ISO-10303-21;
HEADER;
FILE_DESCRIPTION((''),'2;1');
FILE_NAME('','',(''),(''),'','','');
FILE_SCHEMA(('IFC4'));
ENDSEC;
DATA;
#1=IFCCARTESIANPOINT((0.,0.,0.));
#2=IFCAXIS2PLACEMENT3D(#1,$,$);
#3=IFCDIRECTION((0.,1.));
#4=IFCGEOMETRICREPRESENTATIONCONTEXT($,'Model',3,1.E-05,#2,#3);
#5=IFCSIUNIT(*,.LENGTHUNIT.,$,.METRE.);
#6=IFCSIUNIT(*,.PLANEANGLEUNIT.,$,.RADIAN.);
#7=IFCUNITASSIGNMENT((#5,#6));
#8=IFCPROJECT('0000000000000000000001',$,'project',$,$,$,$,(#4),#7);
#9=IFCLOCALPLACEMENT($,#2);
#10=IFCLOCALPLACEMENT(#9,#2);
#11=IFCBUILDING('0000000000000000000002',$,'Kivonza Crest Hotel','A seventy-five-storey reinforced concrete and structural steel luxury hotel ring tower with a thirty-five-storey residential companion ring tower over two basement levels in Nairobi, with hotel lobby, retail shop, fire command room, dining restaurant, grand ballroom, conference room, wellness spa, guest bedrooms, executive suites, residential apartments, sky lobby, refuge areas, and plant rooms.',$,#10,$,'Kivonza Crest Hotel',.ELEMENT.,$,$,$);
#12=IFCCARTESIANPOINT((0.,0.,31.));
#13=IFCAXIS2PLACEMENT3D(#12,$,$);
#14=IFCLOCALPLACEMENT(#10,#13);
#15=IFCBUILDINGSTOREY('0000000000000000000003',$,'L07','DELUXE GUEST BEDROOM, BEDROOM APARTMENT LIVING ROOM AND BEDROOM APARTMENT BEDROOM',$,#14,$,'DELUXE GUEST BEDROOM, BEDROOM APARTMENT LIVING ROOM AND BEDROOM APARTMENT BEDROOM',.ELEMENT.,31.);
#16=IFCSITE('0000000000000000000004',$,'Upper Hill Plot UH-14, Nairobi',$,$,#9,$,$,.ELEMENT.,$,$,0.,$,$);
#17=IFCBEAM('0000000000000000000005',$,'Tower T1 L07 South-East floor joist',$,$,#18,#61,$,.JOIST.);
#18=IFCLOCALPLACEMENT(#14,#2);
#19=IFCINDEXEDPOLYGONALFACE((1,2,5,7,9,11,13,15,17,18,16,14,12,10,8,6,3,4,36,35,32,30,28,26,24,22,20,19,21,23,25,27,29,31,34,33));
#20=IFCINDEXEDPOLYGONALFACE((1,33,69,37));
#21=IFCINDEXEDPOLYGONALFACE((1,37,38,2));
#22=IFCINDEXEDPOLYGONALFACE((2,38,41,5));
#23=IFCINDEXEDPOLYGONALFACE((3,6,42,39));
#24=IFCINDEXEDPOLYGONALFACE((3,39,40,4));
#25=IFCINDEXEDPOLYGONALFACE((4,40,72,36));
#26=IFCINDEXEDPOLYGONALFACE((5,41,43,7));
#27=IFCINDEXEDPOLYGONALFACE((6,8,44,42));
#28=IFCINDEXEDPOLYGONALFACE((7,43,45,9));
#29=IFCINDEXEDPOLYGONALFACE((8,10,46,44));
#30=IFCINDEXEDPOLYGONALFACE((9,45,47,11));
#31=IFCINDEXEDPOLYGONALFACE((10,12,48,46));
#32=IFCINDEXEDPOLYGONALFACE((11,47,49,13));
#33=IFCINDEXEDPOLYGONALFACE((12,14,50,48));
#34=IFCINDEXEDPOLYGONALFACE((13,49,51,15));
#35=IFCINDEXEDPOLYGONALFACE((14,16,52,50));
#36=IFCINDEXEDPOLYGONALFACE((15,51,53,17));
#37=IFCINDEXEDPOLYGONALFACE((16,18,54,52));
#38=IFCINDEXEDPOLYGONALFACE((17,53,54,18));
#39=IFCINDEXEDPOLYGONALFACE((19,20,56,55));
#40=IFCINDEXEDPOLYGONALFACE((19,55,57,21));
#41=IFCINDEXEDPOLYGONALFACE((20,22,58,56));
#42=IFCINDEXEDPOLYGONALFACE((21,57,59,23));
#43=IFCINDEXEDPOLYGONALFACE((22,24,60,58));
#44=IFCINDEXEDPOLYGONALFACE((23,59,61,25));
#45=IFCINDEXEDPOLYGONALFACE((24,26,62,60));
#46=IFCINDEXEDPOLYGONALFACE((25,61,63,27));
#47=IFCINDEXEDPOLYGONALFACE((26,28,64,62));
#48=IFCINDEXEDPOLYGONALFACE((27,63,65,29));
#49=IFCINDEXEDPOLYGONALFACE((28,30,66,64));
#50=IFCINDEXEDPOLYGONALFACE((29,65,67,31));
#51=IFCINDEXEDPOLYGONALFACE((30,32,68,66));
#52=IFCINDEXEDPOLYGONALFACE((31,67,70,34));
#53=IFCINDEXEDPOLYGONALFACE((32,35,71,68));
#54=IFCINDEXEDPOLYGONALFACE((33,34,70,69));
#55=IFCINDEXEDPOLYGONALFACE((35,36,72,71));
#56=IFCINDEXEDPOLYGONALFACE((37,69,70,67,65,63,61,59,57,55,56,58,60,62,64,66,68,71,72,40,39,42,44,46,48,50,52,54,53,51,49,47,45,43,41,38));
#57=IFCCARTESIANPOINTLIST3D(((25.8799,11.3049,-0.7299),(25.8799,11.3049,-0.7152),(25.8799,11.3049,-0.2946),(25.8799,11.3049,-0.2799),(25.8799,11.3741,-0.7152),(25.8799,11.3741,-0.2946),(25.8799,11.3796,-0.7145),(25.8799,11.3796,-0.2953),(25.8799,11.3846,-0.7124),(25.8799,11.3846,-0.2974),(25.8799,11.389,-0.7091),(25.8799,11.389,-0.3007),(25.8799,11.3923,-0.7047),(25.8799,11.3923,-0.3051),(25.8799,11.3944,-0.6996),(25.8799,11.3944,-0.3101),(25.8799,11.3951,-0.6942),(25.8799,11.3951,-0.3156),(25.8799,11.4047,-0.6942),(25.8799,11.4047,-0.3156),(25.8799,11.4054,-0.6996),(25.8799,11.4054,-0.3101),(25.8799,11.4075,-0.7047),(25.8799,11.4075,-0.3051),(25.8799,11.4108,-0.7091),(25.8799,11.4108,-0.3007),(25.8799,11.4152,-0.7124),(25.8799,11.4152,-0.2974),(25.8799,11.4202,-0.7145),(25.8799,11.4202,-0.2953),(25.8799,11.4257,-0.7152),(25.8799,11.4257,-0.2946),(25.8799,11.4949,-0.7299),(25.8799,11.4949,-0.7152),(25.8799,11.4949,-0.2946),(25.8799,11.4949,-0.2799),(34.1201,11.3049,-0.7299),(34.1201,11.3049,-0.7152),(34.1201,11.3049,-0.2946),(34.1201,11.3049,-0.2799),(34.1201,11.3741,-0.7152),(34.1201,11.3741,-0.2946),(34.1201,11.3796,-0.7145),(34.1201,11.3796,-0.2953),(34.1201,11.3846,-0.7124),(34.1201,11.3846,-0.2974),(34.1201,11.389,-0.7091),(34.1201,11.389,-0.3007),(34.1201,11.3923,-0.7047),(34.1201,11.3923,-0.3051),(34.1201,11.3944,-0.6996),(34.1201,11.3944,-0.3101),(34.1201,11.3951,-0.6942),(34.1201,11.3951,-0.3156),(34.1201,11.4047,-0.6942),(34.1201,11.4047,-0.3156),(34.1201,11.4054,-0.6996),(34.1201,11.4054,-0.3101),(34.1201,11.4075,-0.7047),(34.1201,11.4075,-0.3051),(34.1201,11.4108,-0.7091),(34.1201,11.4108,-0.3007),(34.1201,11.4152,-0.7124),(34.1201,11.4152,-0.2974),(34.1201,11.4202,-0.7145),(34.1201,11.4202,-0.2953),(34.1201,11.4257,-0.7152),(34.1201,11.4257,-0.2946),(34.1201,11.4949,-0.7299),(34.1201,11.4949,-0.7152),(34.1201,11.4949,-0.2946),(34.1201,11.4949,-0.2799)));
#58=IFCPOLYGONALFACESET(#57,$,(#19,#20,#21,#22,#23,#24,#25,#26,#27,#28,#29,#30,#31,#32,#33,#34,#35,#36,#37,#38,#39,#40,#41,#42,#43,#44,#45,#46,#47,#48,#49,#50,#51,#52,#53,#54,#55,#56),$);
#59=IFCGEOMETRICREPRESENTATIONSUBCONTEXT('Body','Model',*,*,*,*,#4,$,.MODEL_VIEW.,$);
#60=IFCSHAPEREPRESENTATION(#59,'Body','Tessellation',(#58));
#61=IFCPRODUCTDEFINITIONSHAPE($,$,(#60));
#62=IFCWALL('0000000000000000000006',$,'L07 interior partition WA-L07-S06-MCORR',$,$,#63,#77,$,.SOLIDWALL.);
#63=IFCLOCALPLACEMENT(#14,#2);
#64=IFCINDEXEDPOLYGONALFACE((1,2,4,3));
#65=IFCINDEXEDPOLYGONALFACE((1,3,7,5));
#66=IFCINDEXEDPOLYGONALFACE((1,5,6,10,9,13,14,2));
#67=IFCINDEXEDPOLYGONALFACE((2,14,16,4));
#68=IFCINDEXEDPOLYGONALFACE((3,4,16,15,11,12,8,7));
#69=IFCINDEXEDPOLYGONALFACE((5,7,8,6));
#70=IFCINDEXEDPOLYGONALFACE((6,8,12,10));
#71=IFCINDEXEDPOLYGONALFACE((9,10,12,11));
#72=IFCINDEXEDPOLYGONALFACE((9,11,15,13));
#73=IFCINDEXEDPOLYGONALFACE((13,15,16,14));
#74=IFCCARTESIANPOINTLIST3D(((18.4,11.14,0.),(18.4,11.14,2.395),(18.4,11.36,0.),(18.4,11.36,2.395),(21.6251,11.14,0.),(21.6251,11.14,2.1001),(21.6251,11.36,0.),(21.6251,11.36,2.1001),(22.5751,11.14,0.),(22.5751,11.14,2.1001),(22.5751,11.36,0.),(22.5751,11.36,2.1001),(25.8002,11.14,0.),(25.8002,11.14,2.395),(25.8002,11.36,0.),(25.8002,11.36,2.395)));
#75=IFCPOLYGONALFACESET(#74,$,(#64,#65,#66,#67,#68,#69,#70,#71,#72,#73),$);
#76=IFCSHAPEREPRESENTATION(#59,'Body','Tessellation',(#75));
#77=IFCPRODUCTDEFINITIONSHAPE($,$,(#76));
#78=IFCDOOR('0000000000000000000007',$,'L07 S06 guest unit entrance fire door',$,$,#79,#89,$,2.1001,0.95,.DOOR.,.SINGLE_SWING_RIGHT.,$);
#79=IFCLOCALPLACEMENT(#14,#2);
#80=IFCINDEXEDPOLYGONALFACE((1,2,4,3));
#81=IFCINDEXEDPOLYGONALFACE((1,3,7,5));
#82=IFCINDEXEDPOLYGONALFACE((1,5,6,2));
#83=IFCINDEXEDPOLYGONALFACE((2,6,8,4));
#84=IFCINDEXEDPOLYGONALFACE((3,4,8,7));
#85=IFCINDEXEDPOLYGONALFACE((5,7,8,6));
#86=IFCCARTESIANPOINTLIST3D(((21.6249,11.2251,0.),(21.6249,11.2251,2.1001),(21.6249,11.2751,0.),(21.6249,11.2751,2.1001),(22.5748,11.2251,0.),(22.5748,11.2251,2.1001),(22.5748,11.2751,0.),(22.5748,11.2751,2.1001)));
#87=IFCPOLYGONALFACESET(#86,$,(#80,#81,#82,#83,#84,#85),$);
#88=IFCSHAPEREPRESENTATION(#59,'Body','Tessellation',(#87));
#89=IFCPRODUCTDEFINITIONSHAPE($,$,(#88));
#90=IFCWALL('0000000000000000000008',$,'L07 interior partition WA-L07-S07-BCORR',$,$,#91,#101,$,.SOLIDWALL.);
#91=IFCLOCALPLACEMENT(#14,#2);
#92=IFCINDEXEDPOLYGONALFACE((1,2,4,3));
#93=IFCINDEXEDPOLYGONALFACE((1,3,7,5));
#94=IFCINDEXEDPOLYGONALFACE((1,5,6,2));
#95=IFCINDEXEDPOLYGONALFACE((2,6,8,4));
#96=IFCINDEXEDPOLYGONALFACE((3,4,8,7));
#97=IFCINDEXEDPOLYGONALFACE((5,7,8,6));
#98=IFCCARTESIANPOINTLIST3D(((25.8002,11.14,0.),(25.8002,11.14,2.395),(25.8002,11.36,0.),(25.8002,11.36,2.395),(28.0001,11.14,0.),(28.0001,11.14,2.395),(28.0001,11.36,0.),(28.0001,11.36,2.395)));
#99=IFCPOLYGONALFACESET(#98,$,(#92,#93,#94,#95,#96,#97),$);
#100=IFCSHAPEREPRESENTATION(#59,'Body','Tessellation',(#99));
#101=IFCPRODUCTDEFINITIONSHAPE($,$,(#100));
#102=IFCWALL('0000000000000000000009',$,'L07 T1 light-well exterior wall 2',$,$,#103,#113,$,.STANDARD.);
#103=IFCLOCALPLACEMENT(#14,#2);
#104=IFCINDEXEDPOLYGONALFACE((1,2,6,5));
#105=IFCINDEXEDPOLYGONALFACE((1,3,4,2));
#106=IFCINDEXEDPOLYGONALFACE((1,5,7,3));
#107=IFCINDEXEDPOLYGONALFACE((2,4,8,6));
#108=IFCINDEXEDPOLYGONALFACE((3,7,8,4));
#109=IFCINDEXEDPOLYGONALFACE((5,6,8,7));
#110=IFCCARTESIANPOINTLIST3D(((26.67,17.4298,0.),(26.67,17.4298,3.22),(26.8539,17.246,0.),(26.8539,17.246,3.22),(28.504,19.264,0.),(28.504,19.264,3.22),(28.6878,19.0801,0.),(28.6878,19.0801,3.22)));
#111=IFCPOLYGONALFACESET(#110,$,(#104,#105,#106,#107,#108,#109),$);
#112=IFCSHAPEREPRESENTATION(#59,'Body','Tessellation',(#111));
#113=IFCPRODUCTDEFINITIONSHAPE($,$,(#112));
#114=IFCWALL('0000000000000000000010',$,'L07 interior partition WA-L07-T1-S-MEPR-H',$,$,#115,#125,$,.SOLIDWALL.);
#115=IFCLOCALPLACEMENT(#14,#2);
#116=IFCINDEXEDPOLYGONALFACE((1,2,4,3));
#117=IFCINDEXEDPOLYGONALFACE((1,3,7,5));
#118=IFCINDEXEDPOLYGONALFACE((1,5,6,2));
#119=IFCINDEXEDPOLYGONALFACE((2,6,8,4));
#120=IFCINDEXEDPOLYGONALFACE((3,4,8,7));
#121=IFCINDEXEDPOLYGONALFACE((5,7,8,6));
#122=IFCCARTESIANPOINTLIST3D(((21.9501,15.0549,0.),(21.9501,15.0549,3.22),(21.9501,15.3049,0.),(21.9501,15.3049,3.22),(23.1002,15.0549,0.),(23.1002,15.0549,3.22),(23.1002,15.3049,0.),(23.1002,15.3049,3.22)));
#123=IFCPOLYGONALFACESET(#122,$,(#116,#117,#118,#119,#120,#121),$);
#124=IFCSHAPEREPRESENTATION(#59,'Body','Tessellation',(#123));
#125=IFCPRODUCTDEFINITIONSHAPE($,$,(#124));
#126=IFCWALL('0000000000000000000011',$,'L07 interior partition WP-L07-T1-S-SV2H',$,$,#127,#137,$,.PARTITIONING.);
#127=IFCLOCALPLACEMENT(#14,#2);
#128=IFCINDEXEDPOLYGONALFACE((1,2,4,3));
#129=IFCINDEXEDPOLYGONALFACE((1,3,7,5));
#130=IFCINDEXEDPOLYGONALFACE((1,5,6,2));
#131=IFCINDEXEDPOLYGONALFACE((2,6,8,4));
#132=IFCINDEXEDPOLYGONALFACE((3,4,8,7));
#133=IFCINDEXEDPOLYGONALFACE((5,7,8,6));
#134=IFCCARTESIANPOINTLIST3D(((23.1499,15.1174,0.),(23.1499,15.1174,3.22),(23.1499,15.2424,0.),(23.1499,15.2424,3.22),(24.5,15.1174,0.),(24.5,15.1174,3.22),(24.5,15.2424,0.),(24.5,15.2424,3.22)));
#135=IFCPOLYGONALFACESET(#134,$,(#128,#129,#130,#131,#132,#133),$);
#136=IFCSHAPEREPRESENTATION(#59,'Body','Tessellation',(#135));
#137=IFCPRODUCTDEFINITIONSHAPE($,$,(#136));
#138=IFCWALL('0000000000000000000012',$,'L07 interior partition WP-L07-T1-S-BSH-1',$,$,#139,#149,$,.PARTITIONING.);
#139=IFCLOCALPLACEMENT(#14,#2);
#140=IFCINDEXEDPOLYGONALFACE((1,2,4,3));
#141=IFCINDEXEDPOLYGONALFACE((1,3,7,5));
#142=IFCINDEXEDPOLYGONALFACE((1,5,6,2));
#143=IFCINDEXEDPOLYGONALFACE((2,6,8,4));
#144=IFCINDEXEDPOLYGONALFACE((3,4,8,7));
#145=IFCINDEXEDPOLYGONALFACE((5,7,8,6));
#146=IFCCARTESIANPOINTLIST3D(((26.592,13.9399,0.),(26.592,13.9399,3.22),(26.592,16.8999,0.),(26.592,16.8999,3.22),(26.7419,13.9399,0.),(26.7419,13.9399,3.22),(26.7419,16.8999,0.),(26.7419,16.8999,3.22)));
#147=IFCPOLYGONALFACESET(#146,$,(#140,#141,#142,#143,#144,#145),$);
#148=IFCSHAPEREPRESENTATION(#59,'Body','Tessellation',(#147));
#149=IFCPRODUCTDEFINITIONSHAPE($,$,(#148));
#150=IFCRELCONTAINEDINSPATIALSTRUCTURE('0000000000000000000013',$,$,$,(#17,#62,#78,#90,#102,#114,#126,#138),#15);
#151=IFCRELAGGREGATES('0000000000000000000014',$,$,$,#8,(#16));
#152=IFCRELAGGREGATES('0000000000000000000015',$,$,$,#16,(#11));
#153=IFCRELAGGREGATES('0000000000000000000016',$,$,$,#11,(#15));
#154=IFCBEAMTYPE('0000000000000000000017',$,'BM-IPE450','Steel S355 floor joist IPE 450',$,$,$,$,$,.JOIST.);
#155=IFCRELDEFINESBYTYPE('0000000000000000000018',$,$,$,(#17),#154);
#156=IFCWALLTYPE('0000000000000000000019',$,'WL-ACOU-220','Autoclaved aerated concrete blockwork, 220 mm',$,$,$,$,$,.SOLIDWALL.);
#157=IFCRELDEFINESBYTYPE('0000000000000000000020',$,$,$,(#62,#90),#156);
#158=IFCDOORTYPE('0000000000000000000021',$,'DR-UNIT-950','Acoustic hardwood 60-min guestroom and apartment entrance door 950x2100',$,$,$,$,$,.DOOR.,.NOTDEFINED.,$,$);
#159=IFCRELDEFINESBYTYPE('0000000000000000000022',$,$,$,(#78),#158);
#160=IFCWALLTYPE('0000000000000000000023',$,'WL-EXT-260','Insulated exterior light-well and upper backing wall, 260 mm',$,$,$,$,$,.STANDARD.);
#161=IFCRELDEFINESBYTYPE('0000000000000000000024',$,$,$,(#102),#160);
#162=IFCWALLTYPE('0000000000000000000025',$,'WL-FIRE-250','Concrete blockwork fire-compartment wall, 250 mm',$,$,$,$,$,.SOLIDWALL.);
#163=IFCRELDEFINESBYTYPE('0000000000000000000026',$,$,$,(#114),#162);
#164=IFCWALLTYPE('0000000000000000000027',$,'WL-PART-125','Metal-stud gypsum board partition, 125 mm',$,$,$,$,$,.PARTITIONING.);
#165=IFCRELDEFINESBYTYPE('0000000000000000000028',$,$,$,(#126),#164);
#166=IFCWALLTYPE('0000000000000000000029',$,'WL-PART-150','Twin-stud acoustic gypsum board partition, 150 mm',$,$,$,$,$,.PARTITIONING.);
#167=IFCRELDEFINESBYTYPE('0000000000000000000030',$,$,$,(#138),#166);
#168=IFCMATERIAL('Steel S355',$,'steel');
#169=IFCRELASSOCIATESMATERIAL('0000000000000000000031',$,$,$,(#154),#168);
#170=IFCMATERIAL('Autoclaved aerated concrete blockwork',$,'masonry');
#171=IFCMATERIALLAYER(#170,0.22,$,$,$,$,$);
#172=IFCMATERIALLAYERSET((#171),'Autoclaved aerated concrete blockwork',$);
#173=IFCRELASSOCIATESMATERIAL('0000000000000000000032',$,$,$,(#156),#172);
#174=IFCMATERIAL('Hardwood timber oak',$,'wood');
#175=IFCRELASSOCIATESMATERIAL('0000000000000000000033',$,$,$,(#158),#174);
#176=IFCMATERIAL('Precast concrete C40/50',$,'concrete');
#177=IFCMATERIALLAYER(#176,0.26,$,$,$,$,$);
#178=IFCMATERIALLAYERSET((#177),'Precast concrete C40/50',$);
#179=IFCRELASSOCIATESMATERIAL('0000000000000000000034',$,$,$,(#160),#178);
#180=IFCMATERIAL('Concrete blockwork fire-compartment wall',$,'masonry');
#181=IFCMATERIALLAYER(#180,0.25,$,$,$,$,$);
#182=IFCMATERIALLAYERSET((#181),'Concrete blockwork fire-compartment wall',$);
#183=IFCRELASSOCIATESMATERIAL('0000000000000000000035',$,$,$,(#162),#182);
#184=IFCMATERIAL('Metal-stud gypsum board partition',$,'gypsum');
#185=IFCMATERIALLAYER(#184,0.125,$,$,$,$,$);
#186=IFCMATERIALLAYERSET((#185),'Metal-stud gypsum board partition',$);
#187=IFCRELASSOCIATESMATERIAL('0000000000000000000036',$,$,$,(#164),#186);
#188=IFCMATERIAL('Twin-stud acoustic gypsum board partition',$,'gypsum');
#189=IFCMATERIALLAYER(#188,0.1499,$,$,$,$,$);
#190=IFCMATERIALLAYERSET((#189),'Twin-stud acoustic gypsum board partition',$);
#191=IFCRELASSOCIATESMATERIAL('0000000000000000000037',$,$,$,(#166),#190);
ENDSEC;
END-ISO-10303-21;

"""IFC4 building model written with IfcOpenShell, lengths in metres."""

from ifc_helpers import new_model, si_unit, direction, frame, frame_2d, origin, origin_2d, place, context, subcontext, project, spatial, rectangle, i_section, extrude, material, layer, layer_set, material_profile, profile_set, type_object, element, fill, save


model = new_model("IFC4")

# Units and contexts
model_context = context("Model", 3, precision=1e-05, world=origin(), true_north=direction((0.0, 1.0)))
body_context = subcontext(model_context, "Body", "Model", "MODEL_VIEW")
ifc_project = project(units=[si_unit("LENGTHUNIT", "METRE"), si_unit("PLANEANGLEUNIT", "RADIAN")], contexts=[model_context])

# Site, building, storey
site_placement = place(None, origin())
site = spatial("IfcSite", under=ifc_project, at=site_placement, Name="Upper Hill Plot UH-14, Nairobi", CompositionType="ELEMENT", RefElevation=0.0)
building_placement = place(site_placement, origin())
building = spatial("IfcBuilding", under=site, at=building_placement, Name="Kivonza Crest Hotel", Description="A seventy-five-storey reinforced concrete and structural steel luxury hotel ring tower with a thirty-five-storey residential companion ring tower over two basement levels in Nairobi, with hotel lobby, retail shop, fire command room, dining restaurant, grand ballroom, conference room, wellness spa, guest bedrooms, executive suites, residential apartments, sky lobby, refuge areas, and plant rooms.", LongName="Kivonza Crest Hotel", CompositionType="ELEMENT")
storey_placement = place(building_placement, frame((0.0, 0.0, 31.0)))
storey = spatial("IfcBuildingStorey", under=building, at=storey_placement, Name="L07", Description="DELUXE GUEST BEDROOM, BEDROOM APARTMENT LIVING ROOM AND BEDROOM APARTMENT BEDROOM", LongName="DELUXE GUEST BEDROOM, BEDROOM APARTMENT LIVING ROOM AND BEDROOM APARTMENT BEDROOM", CompositionType="ELEMENT", Elevation=31.0)

# Beam
ifc_material_1 = material(Name="Steel S355", Category="steel")
ifc_material_profile_1 = material_profile(ifc_material_1, i_section(OverallWidth=0.1899, OverallDepth=0.45, WebThickness=0.0095, FlangeThickness=0.0146, FilletRadius=0.021, at=origin_2d()), Name="IPE 450")
ifc_profile_set_1 = profile_set([ifc_material_profile_1], Name="Steel S355")
beam_type_1 = type_object("IfcBeamType", Name="BM-IPE450", Description="Steel S355 floor joist IPE 450", PredefinedType="JOIST", material=ifc_profile_set_1)
beam_1_placement = place(storey_placement, frame((25.8799, 11.3999, -0.5049), z_axis=(1.0, 0.0, 0.0), x_axis=(0.0, 1.0, 0.0)))
element("IfcBeam", 1, at=beam_1_placement, inside=storey, type_object=beam_type_1, Name="Tower T1 L07 South-East floor joist", PredefinedType="JOIST", context=body_context, shape_type="SweptSolid", body=[
    extrude(i_section(OverallWidth=0.1899, OverallDepth=0.45, WebThickness=0.0095, FlangeThickness=0.0146, FilletRadius=0.021, at=origin_2d()), origin(), (0.0, 0.0, 1.0), 8.2402),
])

# Wall, opening, door
ifc_material_2 = material(Name="Autoclaved aerated concrete blockwork", Category="masonry")
ifc_layer_1 = layer(ifc_material_2, 0.22)
ifc_layer_set_1 = layer_set([ifc_layer_1], Name="Autoclaved aerated concrete blockwork")
wall_type_1 = type_object("IfcWallType", Name="WL-ACOU-220", Description="Autoclaved aerated concrete blockwork, 220 mm", PredefinedType="SOLIDWALL", material=ifc_layer_set_1)
wall_1_placement = place(storey_placement, frame((18.3999, 11.25, 0.0), z_axis=(0.0, 0.0, 1.0), x_axis=(1.0, 0.0, 0.0)))
wall_1 = element("IfcWall", 2, at=wall_1_placement, inside=storey, type_object=wall_type_1, Name="L07 interior partition WA-L07-S06-MCORR", PredefinedType="SOLIDWALL", context=body_context, shape_type="SweptSolid", body=[
    extrude(rectangle(XDim=7.4001, YDim=0.22, at=frame_2d((3.7002, 0.0))), origin(), (0.0, 0.0, 1.0), 2.395),
])
opening_1_placement = place(wall_1_placement, frame((3.2251, 0.0, 0.0)))
opening_1 = element("IfcOpeningElement", 3, at=opening_1_placement, cuts=wall_1, PredefinedType="OPENING", context=body_context, shape_type="SweptSolid", body=[
    extrude(rectangle(XDim=0.95, YDim=2.1001, at=frame_2d((0.4751, 1.05))), frame((0.0, 0.1201, 0.0), z_axis=(0.0, -1.0, 0.0), x_axis=(1.0, 0.0, 0.0)), (0.0, 0.0, 1.0), 0.24),
])
ifc_material_3 = material(Name="Hardwood timber oak", Category="wood")
door_type_1 = type_object("IfcDoorType", Name="DR-UNIT-950", Description="Acoustic hardwood 60-min guestroom and apartment entrance door 950x2100", OperationType="NOTDEFINED", PredefinedType="DOOR", material=ifc_material_3)
door_1_placement = place(opening_1_placement, frame((0.95, 0.0, 0.0), z_axis=(0.0, 0.0, 1.0), x_axis=(-1.0, 0.0, 0.0)))
door_1 = element("IfcDoor", 4, at=door_1_placement, inside=storey, type_object=door_type_1, Name="L07 S06 guest unit entrance fire door", OperationType="SINGLE_SWING_RIGHT", OverallHeight=2.1001, OverallWidth=0.95, PredefinedType="DOOR", context=body_context, shape_type="SweptSolid", body=[
    extrude(rectangle(XDim=0.95, YDim=2.1001, at=frame_2d((0.4751, 1.05))), frame((0.0, 0.0249, 0.0), z_axis=(0.0, -1.0, 0.0), x_axis=(1.0, 0.0, 0.0)), (0.0, 0.0, 1.0), 0.05),
])
fill(opening_1, door_1)

# Walls
wall_2_placement = place(storey_placement, frame((25.8, 11.25, 0.0), z_axis=(0.0, 0.0, 1.0), x_axis=(1.0, 0.0, 0.0)))
element("IfcWall", 5, at=wall_2_placement, inside=storey, type_object=wall_type_1, Name="L07 interior partition WA-L07-S07-BCORR", PredefinedType="SOLIDWALL", context=body_context, shape_type="SweptSolid", body=[
    extrude(rectangle(XDim=2.2, YDim=0.22, at=frame_2d((1.1001, 0.0))), origin(), (0.0, 0.0, 1.0), 2.395),
])
ifc_material_4 = material(Name="Precast concrete C40/50", Category="concrete")
ifc_layer_2 = layer(ifc_material_4, 0.26)
ifc_layer_set_2 = layer_set([ifc_layer_2], Name="Precast concrete C40/50")
wall_type_2 = type_object("IfcWallType", Name="WL-EXT-260", Description="Insulated exterior light-well and upper backing wall, 260 mm", PredefinedType="STANDARD", material=ifc_layer_set_2)
wall_3_placement = place(storey_placement, frame((26.762, 17.3379, 0.0), z_axis=(0.0, 0.0, 1.0), x_axis=(0.70706, 0.707154, 0.0)))
element("IfcWall", 6, at=wall_3_placement, inside=storey, type_object=wall_type_2, Name="L07 T1 light-well exterior wall 2", PredefinedType="STANDARD", context=body_context, shape_type="SweptSolid", body=[
    extrude(rectangle(XDim=2.5938, YDim=0.26, at=frame_2d((1.2969, 0.0))), origin(), (0.0, 0.0, 1.0), 3.22),
])
ifc_material_5 = material(Name="Concrete blockwork fire-compartment wall", Category="masonry")
ifc_layer_3 = layer(ifc_material_5, 0.25)
ifc_layer_set_3 = layer_set([ifc_layer_3], Name="Concrete blockwork fire-compartment wall")
wall_type_3 = type_object("IfcWallType", Name="WL-FIRE-250", Description="Concrete blockwork fire-compartment wall, 250 mm", PredefinedType="SOLIDWALL", material=ifc_layer_set_3)
wall_4_placement = place(storey_placement, frame((21.95, 15.1799, 0.0), z_axis=(0.0, 0.0, 1.0), x_axis=(1.0, 0.0, 0.0)))
element("IfcWall", 7, at=wall_4_placement, inside=storey, type_object=wall_type_3, Name="L07 interior partition WA-L07-T1-S-MEPR-H", PredefinedType="SOLIDWALL", context=body_context, shape_type="SweptSolid", body=[
    extrude(rectangle(XDim=1.1501, YDim=0.25, at=frame_2d((0.5752, 0.0))), origin(), (0.0, 0.0, 1.0), 3.22),
])
ifc_material_6 = material(Name="Metal-stud gypsum board partition", Category="gypsum")
ifc_layer_4 = layer(ifc_material_6, 0.125)
ifc_layer_set_4 = layer_set([ifc_layer_4], Name="Metal-stud gypsum board partition")
wall_type_4 = type_object("IfcWallType", Name="WL-PART-125", Description="Metal-stud gypsum board partition, 125 mm", PredefinedType="PARTITIONING", material=ifc_layer_set_4)
wall_5_placement = place(storey_placement, frame((23.1499, 15.1799, 0.0), z_axis=(0.0, 0.0, 1.0), x_axis=(1.0, 0.0, 0.0)))
element("IfcWall", 8, at=wall_5_placement, inside=storey, type_object=wall_type_4, Name="L07 interior partition WP-L07-T1-S-SV2H", PredefinedType="PARTITIONING", context=body_context, shape_type="SweptSolid", body=[
    extrude(rectangle(XDim=1.3501, YDim=0.125, at=frame_2d((0.675, 0.0))), origin(), (0.0, 0.0, 1.0), 3.22),
])
ifc_material_7 = material(Name="Twin-stud acoustic gypsum board partition", Category="gypsum")
ifc_layer_5 = layer(ifc_material_7, 0.1499)
ifc_layer_set_5 = layer_set([ifc_layer_5], Name="Twin-stud acoustic gypsum board partition")
wall_type_5 = type_object("IfcWallType", Name="WL-PART-150", Description="Twin-stud acoustic gypsum board partition, 150 mm", PredefinedType="PARTITIONING", material=ifc_layer_set_5)
wall_6_placement = place(storey_placement, frame((26.667, 13.9399, 0.0), z_axis=(0.0, 0.0, 1.0), x_axis=(0.0, 1.0, 0.0)))
element("IfcWall", 9, at=wall_6_placement, inside=storey, type_object=wall_type_5, Name="L07 interior partition WP-L07-T1-S-BSH-1", PredefinedType="PARTITIONING", context=body_context, shape_type="SweptSolid", body=[
    extrude(rectangle(XDim=2.96, YDim=0.1499, at=frame_2d((1.48, 0.0))), origin(), (0.0, 0.0, 1.0), 3.22),
])

save(model, "model.ifc")
